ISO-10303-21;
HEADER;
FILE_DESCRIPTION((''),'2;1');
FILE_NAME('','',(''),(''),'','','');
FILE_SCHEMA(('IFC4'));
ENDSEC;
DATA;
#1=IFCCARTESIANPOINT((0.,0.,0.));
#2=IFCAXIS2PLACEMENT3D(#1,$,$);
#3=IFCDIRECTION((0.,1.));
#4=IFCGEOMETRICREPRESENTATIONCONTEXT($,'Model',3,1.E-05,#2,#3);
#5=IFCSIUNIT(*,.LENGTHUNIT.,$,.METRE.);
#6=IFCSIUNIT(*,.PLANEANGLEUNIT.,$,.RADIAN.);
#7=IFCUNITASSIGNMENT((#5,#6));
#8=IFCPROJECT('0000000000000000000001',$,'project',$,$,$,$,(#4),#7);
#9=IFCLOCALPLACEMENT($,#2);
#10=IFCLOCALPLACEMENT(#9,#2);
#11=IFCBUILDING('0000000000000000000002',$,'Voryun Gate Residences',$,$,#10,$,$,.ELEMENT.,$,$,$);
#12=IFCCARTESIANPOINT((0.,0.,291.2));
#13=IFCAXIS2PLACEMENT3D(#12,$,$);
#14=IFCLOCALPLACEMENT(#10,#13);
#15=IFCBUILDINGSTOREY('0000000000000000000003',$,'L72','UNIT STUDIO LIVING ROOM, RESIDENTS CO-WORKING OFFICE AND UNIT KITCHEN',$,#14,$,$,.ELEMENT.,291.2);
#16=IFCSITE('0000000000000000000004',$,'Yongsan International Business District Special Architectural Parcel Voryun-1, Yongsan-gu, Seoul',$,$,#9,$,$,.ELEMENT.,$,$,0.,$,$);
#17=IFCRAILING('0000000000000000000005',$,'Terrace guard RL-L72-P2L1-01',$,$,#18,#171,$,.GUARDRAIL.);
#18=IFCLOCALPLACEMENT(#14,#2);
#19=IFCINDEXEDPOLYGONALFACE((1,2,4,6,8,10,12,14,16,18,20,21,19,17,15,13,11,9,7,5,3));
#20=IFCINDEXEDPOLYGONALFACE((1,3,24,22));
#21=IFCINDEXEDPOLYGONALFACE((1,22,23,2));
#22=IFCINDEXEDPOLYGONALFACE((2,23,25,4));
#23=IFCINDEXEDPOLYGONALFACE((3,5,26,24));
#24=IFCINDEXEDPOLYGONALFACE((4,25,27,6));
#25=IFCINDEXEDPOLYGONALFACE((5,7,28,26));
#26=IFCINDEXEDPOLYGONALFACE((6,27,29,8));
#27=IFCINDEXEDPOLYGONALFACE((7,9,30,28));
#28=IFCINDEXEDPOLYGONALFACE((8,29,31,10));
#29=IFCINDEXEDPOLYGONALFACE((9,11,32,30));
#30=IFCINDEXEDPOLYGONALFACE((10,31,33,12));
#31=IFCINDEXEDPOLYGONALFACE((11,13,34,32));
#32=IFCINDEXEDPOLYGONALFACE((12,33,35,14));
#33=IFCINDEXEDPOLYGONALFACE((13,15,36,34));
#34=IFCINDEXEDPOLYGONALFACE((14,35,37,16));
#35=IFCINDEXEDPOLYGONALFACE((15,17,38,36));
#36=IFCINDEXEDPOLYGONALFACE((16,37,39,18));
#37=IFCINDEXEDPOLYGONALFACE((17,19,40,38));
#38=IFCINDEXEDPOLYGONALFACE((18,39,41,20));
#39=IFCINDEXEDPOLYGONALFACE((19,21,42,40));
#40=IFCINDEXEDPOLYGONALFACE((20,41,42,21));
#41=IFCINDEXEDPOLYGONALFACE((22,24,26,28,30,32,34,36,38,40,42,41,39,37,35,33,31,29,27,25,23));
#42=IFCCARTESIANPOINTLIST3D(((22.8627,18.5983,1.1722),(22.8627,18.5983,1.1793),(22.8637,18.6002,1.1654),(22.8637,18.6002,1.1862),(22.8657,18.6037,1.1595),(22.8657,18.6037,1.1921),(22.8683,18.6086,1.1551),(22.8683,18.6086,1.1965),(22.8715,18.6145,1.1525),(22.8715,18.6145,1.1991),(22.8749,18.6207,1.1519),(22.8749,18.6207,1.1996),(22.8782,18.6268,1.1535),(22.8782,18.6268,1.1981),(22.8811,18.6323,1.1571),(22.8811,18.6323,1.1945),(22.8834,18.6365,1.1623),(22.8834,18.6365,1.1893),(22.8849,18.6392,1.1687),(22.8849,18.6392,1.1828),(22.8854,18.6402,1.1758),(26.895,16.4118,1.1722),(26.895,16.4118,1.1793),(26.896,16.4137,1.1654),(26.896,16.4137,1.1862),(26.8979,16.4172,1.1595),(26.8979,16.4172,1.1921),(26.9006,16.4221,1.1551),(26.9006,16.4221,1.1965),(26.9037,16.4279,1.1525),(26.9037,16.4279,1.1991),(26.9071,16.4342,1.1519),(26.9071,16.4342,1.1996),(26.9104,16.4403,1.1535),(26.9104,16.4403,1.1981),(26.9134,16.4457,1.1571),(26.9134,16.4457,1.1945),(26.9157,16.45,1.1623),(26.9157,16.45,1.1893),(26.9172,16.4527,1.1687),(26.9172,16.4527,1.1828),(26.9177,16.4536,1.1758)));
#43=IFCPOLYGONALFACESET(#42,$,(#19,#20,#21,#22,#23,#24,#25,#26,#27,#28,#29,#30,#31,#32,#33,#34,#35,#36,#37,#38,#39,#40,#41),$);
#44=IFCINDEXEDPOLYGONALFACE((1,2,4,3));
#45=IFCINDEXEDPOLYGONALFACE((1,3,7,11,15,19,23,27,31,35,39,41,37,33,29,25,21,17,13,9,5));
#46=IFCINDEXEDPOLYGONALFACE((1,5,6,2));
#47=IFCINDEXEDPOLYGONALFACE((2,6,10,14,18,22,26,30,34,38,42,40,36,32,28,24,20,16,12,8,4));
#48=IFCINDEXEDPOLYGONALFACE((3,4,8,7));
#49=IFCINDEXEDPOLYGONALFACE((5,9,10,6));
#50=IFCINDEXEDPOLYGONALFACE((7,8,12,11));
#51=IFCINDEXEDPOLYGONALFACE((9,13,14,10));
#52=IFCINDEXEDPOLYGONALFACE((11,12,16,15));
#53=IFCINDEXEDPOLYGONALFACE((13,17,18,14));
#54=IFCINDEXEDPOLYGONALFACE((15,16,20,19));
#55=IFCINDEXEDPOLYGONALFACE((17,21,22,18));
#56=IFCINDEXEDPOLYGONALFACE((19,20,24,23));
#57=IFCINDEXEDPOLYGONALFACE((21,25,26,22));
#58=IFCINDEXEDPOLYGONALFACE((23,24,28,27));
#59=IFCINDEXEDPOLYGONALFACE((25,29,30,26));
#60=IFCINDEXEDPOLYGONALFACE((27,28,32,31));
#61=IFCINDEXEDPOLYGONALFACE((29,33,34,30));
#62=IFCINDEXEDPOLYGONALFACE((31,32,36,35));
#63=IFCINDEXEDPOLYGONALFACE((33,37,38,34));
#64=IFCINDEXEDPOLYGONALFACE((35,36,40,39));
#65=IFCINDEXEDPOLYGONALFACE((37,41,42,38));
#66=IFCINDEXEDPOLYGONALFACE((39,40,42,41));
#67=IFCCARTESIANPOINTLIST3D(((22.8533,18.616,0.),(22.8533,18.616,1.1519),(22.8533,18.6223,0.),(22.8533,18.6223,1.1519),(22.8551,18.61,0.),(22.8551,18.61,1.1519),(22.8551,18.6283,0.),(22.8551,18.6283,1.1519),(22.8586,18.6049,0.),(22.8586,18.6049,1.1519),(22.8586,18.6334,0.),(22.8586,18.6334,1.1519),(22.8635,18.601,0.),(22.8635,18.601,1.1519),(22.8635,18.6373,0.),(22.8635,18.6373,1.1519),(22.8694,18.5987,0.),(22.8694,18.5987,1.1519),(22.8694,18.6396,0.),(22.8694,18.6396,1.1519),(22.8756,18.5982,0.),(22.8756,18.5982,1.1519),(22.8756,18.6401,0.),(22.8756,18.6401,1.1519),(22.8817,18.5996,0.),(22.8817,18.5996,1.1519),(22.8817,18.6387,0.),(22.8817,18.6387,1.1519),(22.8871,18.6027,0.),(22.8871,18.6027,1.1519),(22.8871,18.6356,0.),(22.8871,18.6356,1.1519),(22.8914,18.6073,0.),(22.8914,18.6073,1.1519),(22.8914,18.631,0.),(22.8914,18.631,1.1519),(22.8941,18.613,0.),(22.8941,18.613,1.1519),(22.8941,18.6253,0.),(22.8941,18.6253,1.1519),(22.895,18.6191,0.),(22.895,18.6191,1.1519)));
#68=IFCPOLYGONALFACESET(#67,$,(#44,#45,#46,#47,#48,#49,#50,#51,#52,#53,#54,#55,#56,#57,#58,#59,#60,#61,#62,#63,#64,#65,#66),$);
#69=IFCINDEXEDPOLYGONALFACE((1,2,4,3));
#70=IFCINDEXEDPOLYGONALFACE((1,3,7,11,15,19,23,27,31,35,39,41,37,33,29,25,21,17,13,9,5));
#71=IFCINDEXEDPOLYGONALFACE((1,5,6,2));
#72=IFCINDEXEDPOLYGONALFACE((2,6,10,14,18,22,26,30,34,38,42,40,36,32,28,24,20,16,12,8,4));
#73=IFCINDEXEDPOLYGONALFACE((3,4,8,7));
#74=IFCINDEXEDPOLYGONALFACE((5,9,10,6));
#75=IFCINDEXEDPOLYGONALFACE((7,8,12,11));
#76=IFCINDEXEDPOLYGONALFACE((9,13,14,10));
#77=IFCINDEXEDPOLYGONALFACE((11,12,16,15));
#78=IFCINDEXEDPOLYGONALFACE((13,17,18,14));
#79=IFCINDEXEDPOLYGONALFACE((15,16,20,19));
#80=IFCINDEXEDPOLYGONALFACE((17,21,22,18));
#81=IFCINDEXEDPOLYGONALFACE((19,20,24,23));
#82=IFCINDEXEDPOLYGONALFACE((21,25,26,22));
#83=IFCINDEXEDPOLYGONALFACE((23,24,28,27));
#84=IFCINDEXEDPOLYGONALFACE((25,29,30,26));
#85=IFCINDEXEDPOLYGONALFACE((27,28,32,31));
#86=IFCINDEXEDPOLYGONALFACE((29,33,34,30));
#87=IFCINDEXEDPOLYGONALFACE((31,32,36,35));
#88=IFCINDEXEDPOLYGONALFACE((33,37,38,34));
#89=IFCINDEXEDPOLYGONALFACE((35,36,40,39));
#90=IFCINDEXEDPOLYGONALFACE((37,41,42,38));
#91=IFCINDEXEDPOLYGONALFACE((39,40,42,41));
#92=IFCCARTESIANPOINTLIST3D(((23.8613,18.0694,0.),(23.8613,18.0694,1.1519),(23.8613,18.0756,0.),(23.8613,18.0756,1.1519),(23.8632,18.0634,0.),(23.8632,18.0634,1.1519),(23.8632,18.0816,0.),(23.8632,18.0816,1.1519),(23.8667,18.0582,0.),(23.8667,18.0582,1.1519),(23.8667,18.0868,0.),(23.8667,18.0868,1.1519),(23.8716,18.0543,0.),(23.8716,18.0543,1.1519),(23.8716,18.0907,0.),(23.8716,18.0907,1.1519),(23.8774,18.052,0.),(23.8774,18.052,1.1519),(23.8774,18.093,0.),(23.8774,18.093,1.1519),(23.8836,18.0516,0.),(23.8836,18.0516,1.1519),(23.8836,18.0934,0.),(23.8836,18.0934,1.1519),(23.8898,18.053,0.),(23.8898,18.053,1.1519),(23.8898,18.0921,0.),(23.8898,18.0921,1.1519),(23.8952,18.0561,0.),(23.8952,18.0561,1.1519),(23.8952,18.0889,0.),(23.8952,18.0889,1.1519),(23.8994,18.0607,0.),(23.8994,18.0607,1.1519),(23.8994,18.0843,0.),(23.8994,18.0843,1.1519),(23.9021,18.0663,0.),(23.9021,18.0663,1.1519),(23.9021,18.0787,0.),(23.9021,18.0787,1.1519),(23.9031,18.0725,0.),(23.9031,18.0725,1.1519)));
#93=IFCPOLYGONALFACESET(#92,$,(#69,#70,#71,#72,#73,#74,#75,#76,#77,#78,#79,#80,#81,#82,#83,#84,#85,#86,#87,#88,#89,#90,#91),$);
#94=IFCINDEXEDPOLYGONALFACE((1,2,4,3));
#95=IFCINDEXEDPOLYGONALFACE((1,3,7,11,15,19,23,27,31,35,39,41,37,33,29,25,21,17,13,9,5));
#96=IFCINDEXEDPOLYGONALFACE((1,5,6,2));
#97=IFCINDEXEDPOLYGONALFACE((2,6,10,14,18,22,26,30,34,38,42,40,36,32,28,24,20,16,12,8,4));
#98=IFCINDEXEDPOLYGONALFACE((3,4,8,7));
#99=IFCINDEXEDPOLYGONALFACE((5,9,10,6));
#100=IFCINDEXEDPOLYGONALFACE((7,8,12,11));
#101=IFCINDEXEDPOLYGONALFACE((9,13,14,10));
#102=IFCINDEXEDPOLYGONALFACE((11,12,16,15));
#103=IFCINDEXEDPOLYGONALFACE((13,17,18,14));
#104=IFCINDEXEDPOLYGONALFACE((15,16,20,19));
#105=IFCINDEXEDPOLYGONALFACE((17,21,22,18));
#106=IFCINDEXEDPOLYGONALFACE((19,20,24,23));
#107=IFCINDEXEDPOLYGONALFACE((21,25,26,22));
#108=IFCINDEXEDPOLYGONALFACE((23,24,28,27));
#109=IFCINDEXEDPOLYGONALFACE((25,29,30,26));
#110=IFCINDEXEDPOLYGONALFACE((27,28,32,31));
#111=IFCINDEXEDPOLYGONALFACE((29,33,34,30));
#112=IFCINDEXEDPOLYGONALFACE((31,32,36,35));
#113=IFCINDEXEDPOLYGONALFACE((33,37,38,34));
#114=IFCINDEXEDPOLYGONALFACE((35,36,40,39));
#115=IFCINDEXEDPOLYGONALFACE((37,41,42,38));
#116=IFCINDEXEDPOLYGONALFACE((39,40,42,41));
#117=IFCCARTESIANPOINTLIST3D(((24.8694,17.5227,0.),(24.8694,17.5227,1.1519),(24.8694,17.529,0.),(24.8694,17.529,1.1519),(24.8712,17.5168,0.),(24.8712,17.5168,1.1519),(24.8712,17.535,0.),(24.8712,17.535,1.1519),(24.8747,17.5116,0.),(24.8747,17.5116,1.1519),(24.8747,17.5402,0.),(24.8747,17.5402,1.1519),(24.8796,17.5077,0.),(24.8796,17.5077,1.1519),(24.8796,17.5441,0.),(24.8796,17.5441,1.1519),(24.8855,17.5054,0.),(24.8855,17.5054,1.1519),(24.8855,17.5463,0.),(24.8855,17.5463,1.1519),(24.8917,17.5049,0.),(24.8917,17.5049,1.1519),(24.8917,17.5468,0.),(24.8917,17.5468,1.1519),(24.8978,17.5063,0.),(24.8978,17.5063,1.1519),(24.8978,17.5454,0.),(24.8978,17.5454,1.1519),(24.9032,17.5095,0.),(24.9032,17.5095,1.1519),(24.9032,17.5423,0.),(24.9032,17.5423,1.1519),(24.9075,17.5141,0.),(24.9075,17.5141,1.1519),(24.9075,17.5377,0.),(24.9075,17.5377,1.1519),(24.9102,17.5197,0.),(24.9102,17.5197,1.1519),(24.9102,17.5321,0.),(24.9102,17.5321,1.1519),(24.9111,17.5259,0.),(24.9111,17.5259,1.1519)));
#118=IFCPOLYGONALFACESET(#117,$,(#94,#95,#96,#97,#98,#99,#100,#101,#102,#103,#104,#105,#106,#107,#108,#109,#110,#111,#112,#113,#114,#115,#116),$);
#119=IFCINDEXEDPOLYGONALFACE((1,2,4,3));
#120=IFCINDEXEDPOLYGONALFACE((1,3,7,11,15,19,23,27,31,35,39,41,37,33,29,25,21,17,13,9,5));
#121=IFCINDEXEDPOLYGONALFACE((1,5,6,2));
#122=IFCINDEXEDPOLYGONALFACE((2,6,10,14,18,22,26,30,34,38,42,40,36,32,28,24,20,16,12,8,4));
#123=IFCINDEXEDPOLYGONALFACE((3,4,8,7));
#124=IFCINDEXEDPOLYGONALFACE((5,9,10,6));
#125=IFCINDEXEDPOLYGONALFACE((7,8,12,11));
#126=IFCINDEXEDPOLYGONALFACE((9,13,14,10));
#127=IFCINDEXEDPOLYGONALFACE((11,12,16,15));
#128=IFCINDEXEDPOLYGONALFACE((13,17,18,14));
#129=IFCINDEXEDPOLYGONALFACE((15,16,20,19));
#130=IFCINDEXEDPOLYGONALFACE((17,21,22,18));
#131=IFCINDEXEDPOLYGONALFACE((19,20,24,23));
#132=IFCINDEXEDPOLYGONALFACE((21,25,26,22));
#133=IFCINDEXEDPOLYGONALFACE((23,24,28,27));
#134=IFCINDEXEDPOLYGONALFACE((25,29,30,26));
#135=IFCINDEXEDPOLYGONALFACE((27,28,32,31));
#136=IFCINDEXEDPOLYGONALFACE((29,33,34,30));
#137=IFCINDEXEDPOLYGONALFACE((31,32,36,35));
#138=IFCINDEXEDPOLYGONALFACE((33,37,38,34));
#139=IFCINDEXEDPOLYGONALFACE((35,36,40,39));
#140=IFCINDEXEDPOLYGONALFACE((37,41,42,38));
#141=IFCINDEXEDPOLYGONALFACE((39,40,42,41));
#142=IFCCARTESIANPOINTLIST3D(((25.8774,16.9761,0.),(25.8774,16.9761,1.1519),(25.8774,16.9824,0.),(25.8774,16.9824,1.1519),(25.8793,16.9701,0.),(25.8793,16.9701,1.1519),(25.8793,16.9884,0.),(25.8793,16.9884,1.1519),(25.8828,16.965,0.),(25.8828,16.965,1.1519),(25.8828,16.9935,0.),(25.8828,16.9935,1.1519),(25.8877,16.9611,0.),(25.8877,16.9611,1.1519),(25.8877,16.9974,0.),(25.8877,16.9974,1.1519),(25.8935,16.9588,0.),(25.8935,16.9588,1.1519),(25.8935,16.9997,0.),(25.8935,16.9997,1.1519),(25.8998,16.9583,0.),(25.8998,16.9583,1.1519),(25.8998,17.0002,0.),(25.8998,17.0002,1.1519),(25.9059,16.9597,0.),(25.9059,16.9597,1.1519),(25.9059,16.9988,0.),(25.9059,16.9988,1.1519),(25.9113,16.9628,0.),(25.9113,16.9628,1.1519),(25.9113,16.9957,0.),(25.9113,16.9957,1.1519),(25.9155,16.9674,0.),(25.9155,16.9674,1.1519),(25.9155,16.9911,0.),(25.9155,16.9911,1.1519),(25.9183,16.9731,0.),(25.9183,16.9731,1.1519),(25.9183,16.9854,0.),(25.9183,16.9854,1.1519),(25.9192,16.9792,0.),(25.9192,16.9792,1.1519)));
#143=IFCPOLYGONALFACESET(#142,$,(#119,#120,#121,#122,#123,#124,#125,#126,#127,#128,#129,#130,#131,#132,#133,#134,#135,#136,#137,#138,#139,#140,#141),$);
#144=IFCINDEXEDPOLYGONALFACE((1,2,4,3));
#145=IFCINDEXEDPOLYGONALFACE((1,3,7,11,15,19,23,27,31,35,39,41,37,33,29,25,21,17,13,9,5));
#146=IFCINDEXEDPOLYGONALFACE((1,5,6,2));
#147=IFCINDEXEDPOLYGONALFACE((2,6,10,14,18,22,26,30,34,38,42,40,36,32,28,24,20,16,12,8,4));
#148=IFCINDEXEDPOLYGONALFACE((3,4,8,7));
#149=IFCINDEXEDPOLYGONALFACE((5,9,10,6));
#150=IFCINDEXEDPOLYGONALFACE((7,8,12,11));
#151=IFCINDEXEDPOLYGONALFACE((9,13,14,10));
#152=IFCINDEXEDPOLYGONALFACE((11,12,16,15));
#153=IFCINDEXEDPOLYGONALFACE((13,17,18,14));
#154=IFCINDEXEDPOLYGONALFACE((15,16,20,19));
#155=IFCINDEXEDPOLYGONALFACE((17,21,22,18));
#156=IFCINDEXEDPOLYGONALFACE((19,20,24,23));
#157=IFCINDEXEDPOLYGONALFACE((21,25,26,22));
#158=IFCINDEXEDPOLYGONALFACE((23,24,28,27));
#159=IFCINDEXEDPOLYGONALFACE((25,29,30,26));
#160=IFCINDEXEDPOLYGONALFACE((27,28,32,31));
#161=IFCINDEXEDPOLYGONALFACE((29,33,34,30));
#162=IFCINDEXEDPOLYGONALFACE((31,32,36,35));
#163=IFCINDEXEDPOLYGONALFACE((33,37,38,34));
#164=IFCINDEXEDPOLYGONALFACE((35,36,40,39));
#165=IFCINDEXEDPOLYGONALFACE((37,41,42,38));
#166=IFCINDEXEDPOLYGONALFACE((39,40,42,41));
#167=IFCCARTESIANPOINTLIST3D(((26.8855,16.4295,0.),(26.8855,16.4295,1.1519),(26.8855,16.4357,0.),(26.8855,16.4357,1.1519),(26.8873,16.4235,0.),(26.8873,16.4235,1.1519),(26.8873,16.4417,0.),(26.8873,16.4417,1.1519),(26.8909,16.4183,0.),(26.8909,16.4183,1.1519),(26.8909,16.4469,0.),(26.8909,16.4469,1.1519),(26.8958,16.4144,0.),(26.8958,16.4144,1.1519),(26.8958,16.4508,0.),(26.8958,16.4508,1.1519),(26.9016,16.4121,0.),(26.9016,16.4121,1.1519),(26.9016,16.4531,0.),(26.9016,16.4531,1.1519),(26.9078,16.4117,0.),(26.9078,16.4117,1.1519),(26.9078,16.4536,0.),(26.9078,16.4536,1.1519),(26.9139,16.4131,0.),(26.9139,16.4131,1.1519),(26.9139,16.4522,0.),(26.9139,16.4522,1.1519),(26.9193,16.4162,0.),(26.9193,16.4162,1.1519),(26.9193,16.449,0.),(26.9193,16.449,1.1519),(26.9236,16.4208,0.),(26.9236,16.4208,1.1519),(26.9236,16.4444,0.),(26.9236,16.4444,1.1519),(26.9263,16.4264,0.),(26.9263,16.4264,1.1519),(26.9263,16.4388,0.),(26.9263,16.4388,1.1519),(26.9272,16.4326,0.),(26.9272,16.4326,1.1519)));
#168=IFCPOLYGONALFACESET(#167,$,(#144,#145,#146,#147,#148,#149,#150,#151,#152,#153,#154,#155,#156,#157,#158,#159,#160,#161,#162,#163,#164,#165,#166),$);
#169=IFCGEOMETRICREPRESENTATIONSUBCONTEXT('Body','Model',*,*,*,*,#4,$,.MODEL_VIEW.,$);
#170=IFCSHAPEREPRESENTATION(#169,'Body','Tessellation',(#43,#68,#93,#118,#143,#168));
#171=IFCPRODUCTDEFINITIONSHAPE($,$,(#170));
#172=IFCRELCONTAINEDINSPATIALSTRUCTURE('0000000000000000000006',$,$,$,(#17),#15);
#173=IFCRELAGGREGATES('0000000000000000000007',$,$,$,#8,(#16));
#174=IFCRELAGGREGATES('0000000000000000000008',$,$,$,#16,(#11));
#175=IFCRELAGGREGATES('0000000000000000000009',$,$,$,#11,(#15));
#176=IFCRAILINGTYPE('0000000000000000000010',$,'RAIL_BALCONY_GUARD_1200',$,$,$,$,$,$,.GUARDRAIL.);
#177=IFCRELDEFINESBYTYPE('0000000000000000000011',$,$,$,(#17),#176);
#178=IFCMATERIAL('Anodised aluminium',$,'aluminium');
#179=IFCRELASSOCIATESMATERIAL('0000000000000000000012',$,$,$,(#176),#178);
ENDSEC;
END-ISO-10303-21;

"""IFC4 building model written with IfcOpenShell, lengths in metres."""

from ifc_helpers import new_model, si_unit, direction, frame, origin, origin_2d, place, context, subcontext, project, spatial, circle, extrude, material, type_object, element, save


model = new_model("IFC4")

# Units and contexts
model_context = context("Model", 3, precision=1e-05, world=origin(), true_north=direction((0.0, 1.0)))
body_context = subcontext(model_context, "Body", "Model", "MODEL_VIEW")
ifc_project = project(units=[si_unit("LENGTHUNIT", "METRE"), si_unit("PLANEANGLEUNIT", "RADIAN")], contexts=[model_context])

# Site, building, storey
site_placement = place(None, origin())
site = spatial("IfcSite", under=ifc_project, at=site_placement, Name="Yongsan International Business District Special Architectural Parcel Voryun-1, Yongsan-gu, Seoul", CompositionType="ELEMENT", RefElevation=0.0)
building_placement = place(site_placement, origin())
building = spatial("IfcBuilding", under=site, at=building_placement, Name="Voryun Gate Residences", CompositionType="ELEMENT")
storey_placement = place(building_placement, frame((0.0, 0.0, 291.2)))
storey = spatial("IfcBuildingStorey", under=building, at=storey_placement, Name="L72", Description="UNIT STUDIO LIVING ROOM, RESIDENTS CO-WORKING OFFICE AND UNIT KITCHEN", CompositionType="ELEMENT", Elevation=291.2)

# Railing
ifc_material_1 = material(Name="Anodised aluminium", Category="aluminium")
railing_type = type_object("IfcRailingType", Name="RAIL_BALCONY_GUARD_1200", PredefinedType="GUARDRAIL", material=ifc_material_1)
railing_1_placement = place(storey_placement, frame((22.874, 18.6191, 0.0)))
element("IfcRailing", 1, at=railing_1_placement, inside=storey, type_object=railing_type, Name="Terrace guard RL-L72-P2L1-01", PredefinedType="GUARDRAIL", context=body_context, shape_type="SweptSolid", body=[
    extrude(circle(Radius=0.0239, at=origin_2d()), frame((0.0, 0.0, 1.1758), z_axis=(0.879073, -0.476688, 0.0), x_axis=(0.476688, 0.879073, 0.0)), (0.0, 0.0, 1.0), 4.5869),
    extrude(circle(Radius=0.021, at=origin_2d()), origin(), (0.0, 0.0, 1.0), 1.1519),
    extrude(circle(Radius=0.021, at=origin_2d()), frame((1.0081, -0.5466, 0.0)), (0.0, 0.0, 1.0), 1.1519),
    extrude(circle(Radius=0.021, at=origin_2d()), frame((2.0161, -1.0933, 0.0)), (0.0, 0.0, 1.0), 1.1519),
    extrude(circle(Radius=0.021, at=origin_2d()), frame((3.0242, -1.6399, 0.0)), (0.0, 0.0, 1.0), 1.1519),
    extrude(circle(Radius=0.021, at=origin_2d()), frame((4.0322, -2.1865, 0.0)), (0.0, 0.0, 1.0), 1.1519),
])

save(model, "model.ifc")
